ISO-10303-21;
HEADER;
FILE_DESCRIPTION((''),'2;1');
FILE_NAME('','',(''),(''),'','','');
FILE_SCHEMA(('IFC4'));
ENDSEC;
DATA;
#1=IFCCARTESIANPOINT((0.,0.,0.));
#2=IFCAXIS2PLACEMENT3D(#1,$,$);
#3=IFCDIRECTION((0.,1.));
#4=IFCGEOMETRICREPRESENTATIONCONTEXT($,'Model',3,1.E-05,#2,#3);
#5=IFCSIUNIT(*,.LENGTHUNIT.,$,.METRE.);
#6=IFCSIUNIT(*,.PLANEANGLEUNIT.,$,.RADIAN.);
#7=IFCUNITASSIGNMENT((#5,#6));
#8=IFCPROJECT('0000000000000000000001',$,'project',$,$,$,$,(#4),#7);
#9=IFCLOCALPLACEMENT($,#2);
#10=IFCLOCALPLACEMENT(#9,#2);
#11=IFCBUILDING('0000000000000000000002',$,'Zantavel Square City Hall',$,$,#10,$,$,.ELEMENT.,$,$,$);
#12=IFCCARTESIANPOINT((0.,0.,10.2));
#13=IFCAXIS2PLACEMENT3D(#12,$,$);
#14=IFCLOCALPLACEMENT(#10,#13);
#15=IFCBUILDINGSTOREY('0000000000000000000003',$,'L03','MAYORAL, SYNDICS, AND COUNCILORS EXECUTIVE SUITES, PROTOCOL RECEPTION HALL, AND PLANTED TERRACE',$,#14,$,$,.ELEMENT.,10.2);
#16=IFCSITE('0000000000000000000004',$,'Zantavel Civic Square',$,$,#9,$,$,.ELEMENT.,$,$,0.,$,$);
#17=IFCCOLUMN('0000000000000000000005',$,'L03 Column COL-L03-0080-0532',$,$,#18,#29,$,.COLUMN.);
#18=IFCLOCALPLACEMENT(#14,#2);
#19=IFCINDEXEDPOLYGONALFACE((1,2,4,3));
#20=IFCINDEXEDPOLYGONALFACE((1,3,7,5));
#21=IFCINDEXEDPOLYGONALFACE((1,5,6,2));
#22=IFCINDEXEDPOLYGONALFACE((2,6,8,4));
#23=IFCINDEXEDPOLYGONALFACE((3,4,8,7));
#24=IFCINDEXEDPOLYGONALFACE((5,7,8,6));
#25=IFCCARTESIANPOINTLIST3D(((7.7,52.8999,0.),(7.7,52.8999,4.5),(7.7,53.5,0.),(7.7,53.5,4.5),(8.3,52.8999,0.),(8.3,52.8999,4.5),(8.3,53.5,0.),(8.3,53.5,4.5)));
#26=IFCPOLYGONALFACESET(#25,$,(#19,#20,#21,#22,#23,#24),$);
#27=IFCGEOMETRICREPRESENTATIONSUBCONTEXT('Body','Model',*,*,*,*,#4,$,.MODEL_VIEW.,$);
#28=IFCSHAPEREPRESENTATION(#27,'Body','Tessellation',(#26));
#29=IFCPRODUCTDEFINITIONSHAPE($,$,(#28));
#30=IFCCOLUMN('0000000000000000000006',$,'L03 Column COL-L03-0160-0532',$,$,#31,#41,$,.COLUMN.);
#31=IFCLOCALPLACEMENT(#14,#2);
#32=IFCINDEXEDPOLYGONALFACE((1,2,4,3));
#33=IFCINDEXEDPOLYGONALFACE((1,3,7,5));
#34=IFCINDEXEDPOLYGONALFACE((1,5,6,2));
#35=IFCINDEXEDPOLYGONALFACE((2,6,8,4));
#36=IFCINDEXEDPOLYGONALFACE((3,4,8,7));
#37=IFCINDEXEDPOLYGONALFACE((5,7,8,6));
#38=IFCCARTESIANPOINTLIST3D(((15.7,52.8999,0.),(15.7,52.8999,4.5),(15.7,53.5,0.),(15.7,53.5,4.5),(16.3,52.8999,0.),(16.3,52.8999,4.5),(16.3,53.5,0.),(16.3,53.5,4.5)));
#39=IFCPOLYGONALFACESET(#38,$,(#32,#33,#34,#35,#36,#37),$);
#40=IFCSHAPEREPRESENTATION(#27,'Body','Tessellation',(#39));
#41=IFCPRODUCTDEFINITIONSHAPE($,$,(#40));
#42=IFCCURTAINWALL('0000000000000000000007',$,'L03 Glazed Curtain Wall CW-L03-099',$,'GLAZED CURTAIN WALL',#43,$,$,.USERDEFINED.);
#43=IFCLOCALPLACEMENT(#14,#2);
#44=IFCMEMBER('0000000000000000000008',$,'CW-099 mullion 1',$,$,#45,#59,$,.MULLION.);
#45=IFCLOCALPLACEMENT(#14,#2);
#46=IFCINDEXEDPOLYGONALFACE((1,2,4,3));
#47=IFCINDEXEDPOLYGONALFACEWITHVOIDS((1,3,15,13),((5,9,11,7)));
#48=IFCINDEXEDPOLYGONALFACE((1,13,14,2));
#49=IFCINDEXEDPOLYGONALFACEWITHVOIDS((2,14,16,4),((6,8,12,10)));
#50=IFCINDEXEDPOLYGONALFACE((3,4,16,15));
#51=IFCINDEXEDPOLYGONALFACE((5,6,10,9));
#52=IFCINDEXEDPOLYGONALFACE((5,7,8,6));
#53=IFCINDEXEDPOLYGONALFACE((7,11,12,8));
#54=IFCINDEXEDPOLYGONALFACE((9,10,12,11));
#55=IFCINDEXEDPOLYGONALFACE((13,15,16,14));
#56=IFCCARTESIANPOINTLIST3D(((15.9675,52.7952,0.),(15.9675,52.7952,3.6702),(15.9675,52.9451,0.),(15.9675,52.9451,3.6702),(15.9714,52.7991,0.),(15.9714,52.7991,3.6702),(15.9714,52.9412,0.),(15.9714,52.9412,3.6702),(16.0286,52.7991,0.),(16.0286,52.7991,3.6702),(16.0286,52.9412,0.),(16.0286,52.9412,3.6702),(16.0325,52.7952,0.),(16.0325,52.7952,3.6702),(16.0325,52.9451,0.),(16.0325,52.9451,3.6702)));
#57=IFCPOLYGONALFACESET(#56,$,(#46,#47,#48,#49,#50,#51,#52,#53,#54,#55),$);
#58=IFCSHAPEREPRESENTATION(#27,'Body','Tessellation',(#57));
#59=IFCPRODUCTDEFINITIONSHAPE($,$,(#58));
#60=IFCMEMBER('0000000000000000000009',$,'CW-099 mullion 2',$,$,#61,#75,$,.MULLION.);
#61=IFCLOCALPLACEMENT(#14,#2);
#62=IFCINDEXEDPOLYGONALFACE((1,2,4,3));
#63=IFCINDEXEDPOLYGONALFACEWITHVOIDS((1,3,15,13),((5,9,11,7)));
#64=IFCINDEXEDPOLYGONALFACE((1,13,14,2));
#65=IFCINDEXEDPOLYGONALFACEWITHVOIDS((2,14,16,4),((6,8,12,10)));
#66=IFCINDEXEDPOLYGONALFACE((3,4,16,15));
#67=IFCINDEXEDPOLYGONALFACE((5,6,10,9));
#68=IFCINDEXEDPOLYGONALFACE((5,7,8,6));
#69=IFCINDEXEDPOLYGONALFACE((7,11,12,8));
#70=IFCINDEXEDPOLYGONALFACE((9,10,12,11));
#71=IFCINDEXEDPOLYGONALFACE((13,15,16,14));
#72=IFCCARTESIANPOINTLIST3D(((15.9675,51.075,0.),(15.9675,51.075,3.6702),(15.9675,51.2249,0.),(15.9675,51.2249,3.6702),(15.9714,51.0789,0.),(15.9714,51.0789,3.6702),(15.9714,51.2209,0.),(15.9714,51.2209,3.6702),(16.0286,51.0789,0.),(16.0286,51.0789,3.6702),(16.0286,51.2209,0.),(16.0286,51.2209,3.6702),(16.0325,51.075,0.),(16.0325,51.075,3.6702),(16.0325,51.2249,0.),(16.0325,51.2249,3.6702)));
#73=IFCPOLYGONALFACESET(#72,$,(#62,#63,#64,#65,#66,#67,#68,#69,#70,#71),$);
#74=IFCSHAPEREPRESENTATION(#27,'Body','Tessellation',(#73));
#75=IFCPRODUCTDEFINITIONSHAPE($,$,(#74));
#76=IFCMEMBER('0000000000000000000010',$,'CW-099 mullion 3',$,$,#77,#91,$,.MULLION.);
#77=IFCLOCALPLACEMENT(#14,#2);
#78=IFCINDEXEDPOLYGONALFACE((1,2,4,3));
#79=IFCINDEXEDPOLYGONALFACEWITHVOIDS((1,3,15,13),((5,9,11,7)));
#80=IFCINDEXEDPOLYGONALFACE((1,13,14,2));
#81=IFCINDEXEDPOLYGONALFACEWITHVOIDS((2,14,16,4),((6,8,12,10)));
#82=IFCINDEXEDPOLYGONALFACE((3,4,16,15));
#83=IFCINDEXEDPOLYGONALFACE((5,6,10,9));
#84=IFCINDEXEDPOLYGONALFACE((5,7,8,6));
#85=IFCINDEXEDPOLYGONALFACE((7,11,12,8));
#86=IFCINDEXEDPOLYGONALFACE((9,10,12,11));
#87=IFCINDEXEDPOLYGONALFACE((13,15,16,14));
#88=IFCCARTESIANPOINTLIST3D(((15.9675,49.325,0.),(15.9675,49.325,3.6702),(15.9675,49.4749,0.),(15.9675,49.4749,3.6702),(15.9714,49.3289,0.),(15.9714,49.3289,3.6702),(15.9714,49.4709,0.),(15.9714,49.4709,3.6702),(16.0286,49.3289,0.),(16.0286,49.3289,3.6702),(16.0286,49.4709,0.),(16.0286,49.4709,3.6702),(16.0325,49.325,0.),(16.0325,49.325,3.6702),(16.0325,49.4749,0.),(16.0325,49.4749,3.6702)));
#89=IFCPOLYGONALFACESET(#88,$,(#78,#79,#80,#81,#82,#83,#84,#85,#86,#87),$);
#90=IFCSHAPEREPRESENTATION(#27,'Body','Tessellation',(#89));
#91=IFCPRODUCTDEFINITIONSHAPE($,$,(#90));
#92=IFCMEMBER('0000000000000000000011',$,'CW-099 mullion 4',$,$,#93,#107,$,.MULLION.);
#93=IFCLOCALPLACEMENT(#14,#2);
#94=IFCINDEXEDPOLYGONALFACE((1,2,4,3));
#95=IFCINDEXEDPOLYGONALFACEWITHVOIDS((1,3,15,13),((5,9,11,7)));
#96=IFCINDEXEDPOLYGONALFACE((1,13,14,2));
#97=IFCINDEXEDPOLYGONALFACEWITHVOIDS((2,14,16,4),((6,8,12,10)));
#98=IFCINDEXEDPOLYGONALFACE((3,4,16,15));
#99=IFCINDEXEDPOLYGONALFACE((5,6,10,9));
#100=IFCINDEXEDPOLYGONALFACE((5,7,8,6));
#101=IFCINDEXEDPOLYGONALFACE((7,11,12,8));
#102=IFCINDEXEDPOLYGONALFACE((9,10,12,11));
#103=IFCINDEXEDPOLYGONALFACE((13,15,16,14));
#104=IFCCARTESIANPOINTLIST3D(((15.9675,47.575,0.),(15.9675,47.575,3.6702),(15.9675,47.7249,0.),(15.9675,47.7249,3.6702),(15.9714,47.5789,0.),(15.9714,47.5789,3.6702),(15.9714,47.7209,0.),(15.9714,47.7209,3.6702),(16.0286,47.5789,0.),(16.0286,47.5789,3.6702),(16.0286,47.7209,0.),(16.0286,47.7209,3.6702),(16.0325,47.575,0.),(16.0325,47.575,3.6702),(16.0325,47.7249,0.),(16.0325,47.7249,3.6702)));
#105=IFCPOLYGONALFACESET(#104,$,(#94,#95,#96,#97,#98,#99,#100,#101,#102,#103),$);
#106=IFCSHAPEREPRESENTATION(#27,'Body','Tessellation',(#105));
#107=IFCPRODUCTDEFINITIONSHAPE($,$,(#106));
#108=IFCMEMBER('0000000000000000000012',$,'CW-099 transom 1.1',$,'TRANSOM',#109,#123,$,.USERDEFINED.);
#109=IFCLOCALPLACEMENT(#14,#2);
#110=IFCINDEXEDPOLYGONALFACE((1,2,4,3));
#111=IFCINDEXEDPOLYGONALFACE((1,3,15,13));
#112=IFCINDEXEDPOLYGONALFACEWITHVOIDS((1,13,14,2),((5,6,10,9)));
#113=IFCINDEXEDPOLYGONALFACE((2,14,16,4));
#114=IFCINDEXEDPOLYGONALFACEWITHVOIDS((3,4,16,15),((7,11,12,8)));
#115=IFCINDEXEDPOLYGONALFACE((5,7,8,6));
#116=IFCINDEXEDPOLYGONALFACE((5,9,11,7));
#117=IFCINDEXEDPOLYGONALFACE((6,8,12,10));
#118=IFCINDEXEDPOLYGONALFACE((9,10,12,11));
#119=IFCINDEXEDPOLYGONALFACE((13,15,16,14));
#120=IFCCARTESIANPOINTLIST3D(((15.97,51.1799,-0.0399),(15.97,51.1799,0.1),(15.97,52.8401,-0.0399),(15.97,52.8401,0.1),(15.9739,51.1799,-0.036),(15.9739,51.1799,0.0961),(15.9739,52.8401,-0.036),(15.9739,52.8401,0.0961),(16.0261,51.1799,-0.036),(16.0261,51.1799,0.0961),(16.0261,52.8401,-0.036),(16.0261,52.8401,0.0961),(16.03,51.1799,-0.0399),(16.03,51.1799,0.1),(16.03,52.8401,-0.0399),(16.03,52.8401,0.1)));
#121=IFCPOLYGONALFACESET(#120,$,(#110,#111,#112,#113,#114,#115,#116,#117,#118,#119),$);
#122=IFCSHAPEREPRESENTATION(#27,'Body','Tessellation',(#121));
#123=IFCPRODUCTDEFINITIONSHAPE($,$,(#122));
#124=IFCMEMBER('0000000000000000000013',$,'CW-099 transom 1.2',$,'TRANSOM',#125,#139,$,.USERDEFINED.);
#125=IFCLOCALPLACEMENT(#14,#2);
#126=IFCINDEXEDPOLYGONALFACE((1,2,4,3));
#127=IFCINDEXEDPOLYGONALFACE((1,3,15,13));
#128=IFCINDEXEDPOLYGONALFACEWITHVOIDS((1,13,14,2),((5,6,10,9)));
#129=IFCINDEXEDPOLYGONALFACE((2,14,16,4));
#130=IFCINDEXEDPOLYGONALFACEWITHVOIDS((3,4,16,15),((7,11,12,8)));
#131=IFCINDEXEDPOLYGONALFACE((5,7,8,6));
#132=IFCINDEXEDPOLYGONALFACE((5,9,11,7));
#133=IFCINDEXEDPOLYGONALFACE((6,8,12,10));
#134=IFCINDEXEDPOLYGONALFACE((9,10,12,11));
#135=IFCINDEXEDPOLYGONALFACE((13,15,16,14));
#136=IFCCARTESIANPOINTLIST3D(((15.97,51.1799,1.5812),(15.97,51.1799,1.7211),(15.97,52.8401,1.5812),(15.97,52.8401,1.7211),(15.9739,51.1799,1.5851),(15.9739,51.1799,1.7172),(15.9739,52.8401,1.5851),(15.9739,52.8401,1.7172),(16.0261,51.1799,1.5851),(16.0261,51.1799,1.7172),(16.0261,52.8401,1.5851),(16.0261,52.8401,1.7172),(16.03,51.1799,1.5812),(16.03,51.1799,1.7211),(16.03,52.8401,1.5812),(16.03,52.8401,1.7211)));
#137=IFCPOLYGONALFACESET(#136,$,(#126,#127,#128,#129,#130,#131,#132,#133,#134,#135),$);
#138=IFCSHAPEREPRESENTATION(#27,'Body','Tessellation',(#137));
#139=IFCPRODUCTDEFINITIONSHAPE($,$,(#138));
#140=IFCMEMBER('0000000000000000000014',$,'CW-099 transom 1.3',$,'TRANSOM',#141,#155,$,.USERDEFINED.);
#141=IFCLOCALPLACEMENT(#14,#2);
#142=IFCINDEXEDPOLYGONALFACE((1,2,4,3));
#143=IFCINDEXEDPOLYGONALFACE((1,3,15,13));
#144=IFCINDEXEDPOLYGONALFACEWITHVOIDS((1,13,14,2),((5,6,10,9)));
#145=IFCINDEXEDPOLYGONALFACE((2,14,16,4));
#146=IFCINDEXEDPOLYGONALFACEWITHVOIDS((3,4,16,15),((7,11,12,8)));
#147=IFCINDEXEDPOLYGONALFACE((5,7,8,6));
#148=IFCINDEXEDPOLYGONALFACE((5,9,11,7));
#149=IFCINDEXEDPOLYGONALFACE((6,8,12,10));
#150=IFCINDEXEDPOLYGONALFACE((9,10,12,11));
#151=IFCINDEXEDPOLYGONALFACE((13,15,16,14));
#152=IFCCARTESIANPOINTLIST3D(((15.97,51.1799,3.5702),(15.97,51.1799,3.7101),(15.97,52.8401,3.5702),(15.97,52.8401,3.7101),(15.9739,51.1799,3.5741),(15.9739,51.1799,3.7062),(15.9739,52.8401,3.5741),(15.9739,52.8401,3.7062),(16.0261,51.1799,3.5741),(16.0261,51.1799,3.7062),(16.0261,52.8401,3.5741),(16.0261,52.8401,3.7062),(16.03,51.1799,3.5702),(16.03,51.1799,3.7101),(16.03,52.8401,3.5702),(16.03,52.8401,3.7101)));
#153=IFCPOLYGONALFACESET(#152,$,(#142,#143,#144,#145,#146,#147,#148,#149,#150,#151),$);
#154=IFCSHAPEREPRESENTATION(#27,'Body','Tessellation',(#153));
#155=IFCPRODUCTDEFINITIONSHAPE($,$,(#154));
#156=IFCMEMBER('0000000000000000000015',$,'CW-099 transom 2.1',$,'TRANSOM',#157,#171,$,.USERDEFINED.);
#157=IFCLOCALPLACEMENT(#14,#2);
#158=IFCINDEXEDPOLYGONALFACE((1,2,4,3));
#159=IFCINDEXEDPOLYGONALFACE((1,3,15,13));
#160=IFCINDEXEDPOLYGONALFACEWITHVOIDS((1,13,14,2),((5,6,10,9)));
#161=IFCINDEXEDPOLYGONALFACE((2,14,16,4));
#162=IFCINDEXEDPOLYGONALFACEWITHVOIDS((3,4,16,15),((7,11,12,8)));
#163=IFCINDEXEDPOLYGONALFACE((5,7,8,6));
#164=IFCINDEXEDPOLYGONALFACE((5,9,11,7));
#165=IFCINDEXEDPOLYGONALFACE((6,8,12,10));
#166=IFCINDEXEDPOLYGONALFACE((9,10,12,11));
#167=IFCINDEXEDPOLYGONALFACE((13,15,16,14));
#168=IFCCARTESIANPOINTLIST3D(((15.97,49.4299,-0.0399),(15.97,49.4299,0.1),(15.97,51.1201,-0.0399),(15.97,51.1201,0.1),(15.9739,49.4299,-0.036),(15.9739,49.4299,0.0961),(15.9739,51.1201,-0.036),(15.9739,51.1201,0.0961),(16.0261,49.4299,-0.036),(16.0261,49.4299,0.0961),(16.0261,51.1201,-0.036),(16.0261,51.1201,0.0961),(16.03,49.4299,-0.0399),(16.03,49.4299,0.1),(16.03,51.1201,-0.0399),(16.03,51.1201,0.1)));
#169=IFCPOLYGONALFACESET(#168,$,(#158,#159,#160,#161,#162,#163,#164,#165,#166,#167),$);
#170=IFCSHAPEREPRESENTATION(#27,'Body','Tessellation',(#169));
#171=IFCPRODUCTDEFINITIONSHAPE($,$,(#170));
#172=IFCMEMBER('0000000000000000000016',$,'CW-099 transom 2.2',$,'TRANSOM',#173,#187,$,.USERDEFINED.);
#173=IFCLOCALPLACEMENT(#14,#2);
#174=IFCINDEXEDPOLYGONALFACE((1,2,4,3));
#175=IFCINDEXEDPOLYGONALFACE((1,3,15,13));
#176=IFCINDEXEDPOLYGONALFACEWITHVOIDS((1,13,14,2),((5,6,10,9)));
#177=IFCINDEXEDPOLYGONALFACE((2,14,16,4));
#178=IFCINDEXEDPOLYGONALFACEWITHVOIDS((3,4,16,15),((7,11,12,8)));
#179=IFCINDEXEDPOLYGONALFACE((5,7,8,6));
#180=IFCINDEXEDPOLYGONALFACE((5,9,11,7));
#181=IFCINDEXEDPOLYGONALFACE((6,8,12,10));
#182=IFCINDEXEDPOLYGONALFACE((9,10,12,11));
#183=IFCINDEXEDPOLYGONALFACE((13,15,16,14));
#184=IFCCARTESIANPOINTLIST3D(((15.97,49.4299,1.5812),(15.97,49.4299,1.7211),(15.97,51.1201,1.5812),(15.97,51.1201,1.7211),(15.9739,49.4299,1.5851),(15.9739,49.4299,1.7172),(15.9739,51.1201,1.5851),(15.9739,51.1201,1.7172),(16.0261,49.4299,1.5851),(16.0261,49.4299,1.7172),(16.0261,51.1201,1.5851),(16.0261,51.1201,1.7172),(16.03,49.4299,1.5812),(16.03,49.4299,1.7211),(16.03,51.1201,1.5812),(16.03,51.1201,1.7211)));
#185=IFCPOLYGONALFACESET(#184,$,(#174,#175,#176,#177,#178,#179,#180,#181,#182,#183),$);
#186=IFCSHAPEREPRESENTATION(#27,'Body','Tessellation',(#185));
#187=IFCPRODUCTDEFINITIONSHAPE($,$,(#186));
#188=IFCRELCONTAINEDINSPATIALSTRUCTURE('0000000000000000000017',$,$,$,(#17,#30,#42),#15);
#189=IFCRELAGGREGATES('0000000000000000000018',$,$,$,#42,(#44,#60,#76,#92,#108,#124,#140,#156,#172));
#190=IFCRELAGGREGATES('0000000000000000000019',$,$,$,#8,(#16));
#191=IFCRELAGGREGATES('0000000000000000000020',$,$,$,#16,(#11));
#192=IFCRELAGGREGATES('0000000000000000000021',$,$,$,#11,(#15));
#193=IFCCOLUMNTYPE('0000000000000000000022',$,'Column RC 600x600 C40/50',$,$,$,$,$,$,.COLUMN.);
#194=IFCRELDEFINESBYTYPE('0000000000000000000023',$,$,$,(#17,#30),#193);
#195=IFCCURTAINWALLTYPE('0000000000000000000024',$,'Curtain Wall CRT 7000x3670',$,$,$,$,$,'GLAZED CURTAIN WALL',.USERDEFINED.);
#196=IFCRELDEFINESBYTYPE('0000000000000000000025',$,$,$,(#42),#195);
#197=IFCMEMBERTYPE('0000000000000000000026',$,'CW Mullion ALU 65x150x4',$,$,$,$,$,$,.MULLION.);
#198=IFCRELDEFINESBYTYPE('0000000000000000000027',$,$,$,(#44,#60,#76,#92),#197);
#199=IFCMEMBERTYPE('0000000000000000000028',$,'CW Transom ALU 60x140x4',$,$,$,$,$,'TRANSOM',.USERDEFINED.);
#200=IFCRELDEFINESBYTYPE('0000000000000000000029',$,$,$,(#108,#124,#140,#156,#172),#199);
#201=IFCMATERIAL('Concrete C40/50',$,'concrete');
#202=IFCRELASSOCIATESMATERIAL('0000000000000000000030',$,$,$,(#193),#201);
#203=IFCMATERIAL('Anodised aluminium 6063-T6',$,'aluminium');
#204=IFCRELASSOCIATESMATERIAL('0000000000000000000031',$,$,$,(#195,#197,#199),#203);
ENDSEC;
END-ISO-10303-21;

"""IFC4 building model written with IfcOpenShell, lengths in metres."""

from ifc_helpers import new_model, si_unit, direction, frame, origin, origin_2d, place, context, subcontext, project, spatial, rectangle, hollow_rectangle, extrude, material, material_profile, profile_set, type_object, element, aggregate, save


model = new_model("IFC4")

# Units and contexts
model_context = context("Model", 3, precision=1e-05, world=origin(), true_north=direction((0.0, 1.0)))
body_context = subcontext(model_context, "Body", "Model", "MODEL_VIEW")
ifc_project = project(units=[si_unit("LENGTHUNIT", "METRE"), si_unit("PLANEANGLEUNIT", "RADIAN")], contexts=[model_context])

# Site, building, storey
site_placement = place(None, origin())
site = spatial("IfcSite", under=ifc_project, at=site_placement, Name="Zantavel Civic Square", CompositionType="ELEMENT", RefElevation=0.0)
building_placement = place(site_placement, origin())
building = spatial("IfcBuilding", under=site, at=building_placement, Name="Zantavel Square City Hall", CompositionType="ELEMENT")
storey_placement = place(building_placement, frame((0.0, 0.0, 10.2)))
storey = spatial("IfcBuildingStorey", under=building, at=storey_placement, Name="L03", Description="MAYORAL, SYNDICS, AND COUNCILORS EXECUTIVE SUITES, PROTOCOL RECEPTION HALL, AND PLANTED TERRACE", CompositionType="ELEMENT", Elevation=10.2)

# Columns
ifc_material_1 = material(Name="Concrete C40/50", Category="concrete")
ifc_material_profile_1 = material_profile(ifc_material_1, rectangle(XDim=0.6001, YDim=0.6001, at=origin_2d()), Name="RC 600x600")
ifc_profile_set_1 = profile_set([ifc_material_profile_1], Name="Concrete C40/50")
column_type = type_object("IfcColumnType", Name="Column RC 600x600 C40/50", PredefinedType="COLUMN", material=ifc_profile_set_1)
for number, where, z_axis, x_axis, name in (
    (1, (8.0, 53.2, 0.0), (0.0, 0.0, 1.0), (1.0, 0.0, 0.0), "L03 Column COL-L03-0080-0532"),
    (2, (16.0, 53.2, 0.0), (0.0, 0.0, 1.0), (1.0, 0.0, 0.0), "L03 Column COL-L03-0160-0532"),
):
    element("IfcColumn", number, at=place(storey_placement, frame(where, z_axis=z_axis, x_axis=x_axis)), inside=storey, type_object=column_type, Name=name, PredefinedType="COLUMN", context=body_context, shape_type="SweptSolid", body=[
        extrude(rectangle(XDim=0.6001, YDim=0.6001, at=origin_2d()), origin(), (0.0, 0.0, 1.0), 4.5),
    ])

# Curtain wall, members
ifc_material_2 = material(Name="Anodised aluminium 6063-T6", Category="aluminium")
curtain_wall_type = type_object("IfcCurtainWallType", Name="Curtain Wall CRT 7000x3670", ElementType="GLAZED CURTAIN WALL", PredefinedType="USERDEFINED", material=ifc_material_2)
curtain_wall_placement = place(storey_placement, origin())
curtain_wall = element("IfcCurtainWall", 3, at=curtain_wall_placement, inside=storey, type_object=curtain_wall_type, Name="L03 Glazed Curtain Wall CW-L03-099", ObjectType="GLAZED CURTAIN WALL", PredefinedType="USERDEFINED")
ifc_material_profile_2 = material_profile(ifc_material_2, hollow_rectangle(XDim=0.0649, YDim=0.1499, WallThickness=0.0039, at=origin_2d()), Name="ALU 65x150x4")
ifc_profile_set_2 = profile_set([ifc_material_profile_2], Name="Anodised aluminium 6063-T6")
member_type_1 = type_object("IfcMemberType", Name="CW Mullion ALU 65x150x4", PredefinedType="MULLION", material=ifc_profile_set_2)
member_1_placement = place(storey_placement, frame((16.0, 52.8701, 0.0), z_axis=(0.0, 0.0, 1.0), x_axis=(1.0, 0.0, 0.0)))
member_1 = element("IfcMember", 4, at=member_1_placement, type_object=member_type_1, Name="CW-099 mullion 1", PredefinedType="MULLION", context=body_context, shape_type="SweptSolid", body=[
    extrude(hollow_rectangle(XDim=0.0649, YDim=0.1499, WallThickness=0.0039, at=origin_2d()), origin(), (0.0, 0.0, 1.0), 3.6702),
])
member_2_placement = place(storey_placement, frame((16.0, 51.1499, 0.0), z_axis=(0.0, 0.0, 1.0), x_axis=(1.0, 0.0, 0.0)))
member_2 = element("IfcMember", 5, at=member_2_placement, type_object=member_type_1, Name="CW-099 mullion 2", PredefinedType="MULLION", context=body_context, shape_type="SweptSolid", body=[
    extrude(hollow_rectangle(XDim=0.0649, YDim=0.1499, WallThickness=0.0039, at=origin_2d()), origin(), (0.0, 0.0, 1.0), 3.6702),
])
member_3_placement = place(storey_placement, frame((16.0, 49.3999, 0.0), z_axis=(0.0, 0.0, 1.0), x_axis=(1.0, 0.0, 0.0)))
member_3 = element("IfcMember", 6, at=member_3_placement, type_object=member_type_1, Name="CW-099 mullion 3", PredefinedType="MULLION", context=body_context, shape_type="SweptSolid", body=[
    extrude(hollow_rectangle(XDim=0.0649, YDim=0.1499, WallThickness=0.0039, at=origin_2d()), origin(), (0.0, 0.0, 1.0), 3.6702),
])
member_4_placement = place(storey_placement, frame((16.0, 47.6499, 0.0), z_axis=(0.0, 0.0, 1.0), x_axis=(1.0, 0.0, 0.0)))
member_4 = element("IfcMember", 7, at=member_4_placement, type_object=member_type_1, Name="CW-099 mullion 4", PredefinedType="MULLION", context=body_context, shape_type="SweptSolid", body=[
    extrude(hollow_rectangle(XDim=0.0649, YDim=0.1499, WallThickness=0.0039, at=origin_2d()), origin(), (0.0, 0.0, 1.0), 3.6702),
])
ifc_material_profile_3 = material_profile(ifc_material_2, hollow_rectangle(XDim=0.0601, YDim=0.1399, WallThickness=0.0039, at=origin_2d()), Name="ALU 60x140x4")
ifc_profile_set_3 = profile_set([ifc_material_profile_3], Name="Anodised aluminium 6063-T6")
member_type_2 = type_object("IfcMemberType", Name="CW Transom ALU 60x140x4", ElementType="TRANSOM", PredefinedType="USERDEFINED", material=ifc_profile_set_3)
member_5_placement = place(storey_placement, frame((16.0, 52.8401, 0.03), z_axis=(0.0, -1.0, 0.0), x_axis=(1.0, 0.0, 0.0)))
member_5 = element("IfcMember", 8, at=member_5_placement, type_object=member_type_2, Name="CW-099 transom 1.1", ObjectType="TRANSOM", PredefinedType="USERDEFINED", context=body_context, shape_type="SweptSolid", body=[
    extrude(hollow_rectangle(XDim=0.0601, YDim=0.1399, WallThickness=0.0039, at=origin_2d()), origin(), (0.0, 0.0, 1.0), 1.6602),
])
member_6_placement = place(storey_placement, frame((16.0, 52.8401, 1.6511), z_axis=(0.0, -1.0, 0.0), x_axis=(1.0, 0.0, 0.0)))
member_6 = element("IfcMember", 9, at=member_6_placement, type_object=member_type_2, Name="CW-099 transom 1.2", ObjectType="TRANSOM", PredefinedType="USERDEFINED", context=body_context, shape_type="SweptSolid", body=[
    extrude(hollow_rectangle(XDim=0.0601, YDim=0.1399, WallThickness=0.0039, at=origin_2d()), origin(), (0.0, 0.0, 1.0), 1.6602),
])
member_7_placement = place(storey_placement, frame((16.0, 52.8401, 3.6401), z_axis=(0.0, -1.0, 0.0), x_axis=(1.0, 0.0, 0.0)))
member_7 = element("IfcMember", 10, at=member_7_placement, type_object=member_type_2, Name="CW-099 transom 1.3", ObjectType="TRANSOM", PredefinedType="USERDEFINED", context=body_context, shape_type="SweptSolid", body=[
    extrude(hollow_rectangle(XDim=0.0601, YDim=0.1399, WallThickness=0.0039, at=origin_2d()), origin(), (0.0, 0.0, 1.0), 1.6602),
])
member_8_placement = place(storey_placement, frame((16.0, 51.1201, 0.03), z_axis=(0.0, -1.0, 0.0), x_axis=(1.0, 0.0, 0.0)))
member_8 = element("IfcMember", 11, at=member_8_placement, type_object=member_type_2, Name="CW-099 transom 2.1", ObjectType="TRANSOM", PredefinedType="USERDEFINED", context=body_context, shape_type="SweptSolid", body=[
    extrude(hollow_rectangle(XDim=0.0601, YDim=0.1399, WallThickness=0.0039, at=origin_2d()), origin(), (0.0, 0.0, 1.0), 1.6902),
])
member_9_placement = place(storey_placement, frame((16.0, 51.1201, 1.6511), z_axis=(0.0, -1.0, 0.0), x_axis=(1.0, 0.0, 0.0)))
member_9 = element("IfcMember", 12, at=member_9_placement, type_object=member_type_2, Name="CW-099 transom 2.2", ObjectType="TRANSOM", PredefinedType="USERDEFINED", context=body_context, shape_type="SweptSolid", body=[
    extrude(hollow_rectangle(XDim=0.0601, YDim=0.1399, WallThickness=0.0039, at=origin_2d()), origin(), (0.0, 0.0, 1.0), 1.6902),
])

aggregate(curtain_wall, [member_1, member_2, member_3, member_4, member_5, member_6, member_7, member_8, member_9])

save(model, "model.ifc")
